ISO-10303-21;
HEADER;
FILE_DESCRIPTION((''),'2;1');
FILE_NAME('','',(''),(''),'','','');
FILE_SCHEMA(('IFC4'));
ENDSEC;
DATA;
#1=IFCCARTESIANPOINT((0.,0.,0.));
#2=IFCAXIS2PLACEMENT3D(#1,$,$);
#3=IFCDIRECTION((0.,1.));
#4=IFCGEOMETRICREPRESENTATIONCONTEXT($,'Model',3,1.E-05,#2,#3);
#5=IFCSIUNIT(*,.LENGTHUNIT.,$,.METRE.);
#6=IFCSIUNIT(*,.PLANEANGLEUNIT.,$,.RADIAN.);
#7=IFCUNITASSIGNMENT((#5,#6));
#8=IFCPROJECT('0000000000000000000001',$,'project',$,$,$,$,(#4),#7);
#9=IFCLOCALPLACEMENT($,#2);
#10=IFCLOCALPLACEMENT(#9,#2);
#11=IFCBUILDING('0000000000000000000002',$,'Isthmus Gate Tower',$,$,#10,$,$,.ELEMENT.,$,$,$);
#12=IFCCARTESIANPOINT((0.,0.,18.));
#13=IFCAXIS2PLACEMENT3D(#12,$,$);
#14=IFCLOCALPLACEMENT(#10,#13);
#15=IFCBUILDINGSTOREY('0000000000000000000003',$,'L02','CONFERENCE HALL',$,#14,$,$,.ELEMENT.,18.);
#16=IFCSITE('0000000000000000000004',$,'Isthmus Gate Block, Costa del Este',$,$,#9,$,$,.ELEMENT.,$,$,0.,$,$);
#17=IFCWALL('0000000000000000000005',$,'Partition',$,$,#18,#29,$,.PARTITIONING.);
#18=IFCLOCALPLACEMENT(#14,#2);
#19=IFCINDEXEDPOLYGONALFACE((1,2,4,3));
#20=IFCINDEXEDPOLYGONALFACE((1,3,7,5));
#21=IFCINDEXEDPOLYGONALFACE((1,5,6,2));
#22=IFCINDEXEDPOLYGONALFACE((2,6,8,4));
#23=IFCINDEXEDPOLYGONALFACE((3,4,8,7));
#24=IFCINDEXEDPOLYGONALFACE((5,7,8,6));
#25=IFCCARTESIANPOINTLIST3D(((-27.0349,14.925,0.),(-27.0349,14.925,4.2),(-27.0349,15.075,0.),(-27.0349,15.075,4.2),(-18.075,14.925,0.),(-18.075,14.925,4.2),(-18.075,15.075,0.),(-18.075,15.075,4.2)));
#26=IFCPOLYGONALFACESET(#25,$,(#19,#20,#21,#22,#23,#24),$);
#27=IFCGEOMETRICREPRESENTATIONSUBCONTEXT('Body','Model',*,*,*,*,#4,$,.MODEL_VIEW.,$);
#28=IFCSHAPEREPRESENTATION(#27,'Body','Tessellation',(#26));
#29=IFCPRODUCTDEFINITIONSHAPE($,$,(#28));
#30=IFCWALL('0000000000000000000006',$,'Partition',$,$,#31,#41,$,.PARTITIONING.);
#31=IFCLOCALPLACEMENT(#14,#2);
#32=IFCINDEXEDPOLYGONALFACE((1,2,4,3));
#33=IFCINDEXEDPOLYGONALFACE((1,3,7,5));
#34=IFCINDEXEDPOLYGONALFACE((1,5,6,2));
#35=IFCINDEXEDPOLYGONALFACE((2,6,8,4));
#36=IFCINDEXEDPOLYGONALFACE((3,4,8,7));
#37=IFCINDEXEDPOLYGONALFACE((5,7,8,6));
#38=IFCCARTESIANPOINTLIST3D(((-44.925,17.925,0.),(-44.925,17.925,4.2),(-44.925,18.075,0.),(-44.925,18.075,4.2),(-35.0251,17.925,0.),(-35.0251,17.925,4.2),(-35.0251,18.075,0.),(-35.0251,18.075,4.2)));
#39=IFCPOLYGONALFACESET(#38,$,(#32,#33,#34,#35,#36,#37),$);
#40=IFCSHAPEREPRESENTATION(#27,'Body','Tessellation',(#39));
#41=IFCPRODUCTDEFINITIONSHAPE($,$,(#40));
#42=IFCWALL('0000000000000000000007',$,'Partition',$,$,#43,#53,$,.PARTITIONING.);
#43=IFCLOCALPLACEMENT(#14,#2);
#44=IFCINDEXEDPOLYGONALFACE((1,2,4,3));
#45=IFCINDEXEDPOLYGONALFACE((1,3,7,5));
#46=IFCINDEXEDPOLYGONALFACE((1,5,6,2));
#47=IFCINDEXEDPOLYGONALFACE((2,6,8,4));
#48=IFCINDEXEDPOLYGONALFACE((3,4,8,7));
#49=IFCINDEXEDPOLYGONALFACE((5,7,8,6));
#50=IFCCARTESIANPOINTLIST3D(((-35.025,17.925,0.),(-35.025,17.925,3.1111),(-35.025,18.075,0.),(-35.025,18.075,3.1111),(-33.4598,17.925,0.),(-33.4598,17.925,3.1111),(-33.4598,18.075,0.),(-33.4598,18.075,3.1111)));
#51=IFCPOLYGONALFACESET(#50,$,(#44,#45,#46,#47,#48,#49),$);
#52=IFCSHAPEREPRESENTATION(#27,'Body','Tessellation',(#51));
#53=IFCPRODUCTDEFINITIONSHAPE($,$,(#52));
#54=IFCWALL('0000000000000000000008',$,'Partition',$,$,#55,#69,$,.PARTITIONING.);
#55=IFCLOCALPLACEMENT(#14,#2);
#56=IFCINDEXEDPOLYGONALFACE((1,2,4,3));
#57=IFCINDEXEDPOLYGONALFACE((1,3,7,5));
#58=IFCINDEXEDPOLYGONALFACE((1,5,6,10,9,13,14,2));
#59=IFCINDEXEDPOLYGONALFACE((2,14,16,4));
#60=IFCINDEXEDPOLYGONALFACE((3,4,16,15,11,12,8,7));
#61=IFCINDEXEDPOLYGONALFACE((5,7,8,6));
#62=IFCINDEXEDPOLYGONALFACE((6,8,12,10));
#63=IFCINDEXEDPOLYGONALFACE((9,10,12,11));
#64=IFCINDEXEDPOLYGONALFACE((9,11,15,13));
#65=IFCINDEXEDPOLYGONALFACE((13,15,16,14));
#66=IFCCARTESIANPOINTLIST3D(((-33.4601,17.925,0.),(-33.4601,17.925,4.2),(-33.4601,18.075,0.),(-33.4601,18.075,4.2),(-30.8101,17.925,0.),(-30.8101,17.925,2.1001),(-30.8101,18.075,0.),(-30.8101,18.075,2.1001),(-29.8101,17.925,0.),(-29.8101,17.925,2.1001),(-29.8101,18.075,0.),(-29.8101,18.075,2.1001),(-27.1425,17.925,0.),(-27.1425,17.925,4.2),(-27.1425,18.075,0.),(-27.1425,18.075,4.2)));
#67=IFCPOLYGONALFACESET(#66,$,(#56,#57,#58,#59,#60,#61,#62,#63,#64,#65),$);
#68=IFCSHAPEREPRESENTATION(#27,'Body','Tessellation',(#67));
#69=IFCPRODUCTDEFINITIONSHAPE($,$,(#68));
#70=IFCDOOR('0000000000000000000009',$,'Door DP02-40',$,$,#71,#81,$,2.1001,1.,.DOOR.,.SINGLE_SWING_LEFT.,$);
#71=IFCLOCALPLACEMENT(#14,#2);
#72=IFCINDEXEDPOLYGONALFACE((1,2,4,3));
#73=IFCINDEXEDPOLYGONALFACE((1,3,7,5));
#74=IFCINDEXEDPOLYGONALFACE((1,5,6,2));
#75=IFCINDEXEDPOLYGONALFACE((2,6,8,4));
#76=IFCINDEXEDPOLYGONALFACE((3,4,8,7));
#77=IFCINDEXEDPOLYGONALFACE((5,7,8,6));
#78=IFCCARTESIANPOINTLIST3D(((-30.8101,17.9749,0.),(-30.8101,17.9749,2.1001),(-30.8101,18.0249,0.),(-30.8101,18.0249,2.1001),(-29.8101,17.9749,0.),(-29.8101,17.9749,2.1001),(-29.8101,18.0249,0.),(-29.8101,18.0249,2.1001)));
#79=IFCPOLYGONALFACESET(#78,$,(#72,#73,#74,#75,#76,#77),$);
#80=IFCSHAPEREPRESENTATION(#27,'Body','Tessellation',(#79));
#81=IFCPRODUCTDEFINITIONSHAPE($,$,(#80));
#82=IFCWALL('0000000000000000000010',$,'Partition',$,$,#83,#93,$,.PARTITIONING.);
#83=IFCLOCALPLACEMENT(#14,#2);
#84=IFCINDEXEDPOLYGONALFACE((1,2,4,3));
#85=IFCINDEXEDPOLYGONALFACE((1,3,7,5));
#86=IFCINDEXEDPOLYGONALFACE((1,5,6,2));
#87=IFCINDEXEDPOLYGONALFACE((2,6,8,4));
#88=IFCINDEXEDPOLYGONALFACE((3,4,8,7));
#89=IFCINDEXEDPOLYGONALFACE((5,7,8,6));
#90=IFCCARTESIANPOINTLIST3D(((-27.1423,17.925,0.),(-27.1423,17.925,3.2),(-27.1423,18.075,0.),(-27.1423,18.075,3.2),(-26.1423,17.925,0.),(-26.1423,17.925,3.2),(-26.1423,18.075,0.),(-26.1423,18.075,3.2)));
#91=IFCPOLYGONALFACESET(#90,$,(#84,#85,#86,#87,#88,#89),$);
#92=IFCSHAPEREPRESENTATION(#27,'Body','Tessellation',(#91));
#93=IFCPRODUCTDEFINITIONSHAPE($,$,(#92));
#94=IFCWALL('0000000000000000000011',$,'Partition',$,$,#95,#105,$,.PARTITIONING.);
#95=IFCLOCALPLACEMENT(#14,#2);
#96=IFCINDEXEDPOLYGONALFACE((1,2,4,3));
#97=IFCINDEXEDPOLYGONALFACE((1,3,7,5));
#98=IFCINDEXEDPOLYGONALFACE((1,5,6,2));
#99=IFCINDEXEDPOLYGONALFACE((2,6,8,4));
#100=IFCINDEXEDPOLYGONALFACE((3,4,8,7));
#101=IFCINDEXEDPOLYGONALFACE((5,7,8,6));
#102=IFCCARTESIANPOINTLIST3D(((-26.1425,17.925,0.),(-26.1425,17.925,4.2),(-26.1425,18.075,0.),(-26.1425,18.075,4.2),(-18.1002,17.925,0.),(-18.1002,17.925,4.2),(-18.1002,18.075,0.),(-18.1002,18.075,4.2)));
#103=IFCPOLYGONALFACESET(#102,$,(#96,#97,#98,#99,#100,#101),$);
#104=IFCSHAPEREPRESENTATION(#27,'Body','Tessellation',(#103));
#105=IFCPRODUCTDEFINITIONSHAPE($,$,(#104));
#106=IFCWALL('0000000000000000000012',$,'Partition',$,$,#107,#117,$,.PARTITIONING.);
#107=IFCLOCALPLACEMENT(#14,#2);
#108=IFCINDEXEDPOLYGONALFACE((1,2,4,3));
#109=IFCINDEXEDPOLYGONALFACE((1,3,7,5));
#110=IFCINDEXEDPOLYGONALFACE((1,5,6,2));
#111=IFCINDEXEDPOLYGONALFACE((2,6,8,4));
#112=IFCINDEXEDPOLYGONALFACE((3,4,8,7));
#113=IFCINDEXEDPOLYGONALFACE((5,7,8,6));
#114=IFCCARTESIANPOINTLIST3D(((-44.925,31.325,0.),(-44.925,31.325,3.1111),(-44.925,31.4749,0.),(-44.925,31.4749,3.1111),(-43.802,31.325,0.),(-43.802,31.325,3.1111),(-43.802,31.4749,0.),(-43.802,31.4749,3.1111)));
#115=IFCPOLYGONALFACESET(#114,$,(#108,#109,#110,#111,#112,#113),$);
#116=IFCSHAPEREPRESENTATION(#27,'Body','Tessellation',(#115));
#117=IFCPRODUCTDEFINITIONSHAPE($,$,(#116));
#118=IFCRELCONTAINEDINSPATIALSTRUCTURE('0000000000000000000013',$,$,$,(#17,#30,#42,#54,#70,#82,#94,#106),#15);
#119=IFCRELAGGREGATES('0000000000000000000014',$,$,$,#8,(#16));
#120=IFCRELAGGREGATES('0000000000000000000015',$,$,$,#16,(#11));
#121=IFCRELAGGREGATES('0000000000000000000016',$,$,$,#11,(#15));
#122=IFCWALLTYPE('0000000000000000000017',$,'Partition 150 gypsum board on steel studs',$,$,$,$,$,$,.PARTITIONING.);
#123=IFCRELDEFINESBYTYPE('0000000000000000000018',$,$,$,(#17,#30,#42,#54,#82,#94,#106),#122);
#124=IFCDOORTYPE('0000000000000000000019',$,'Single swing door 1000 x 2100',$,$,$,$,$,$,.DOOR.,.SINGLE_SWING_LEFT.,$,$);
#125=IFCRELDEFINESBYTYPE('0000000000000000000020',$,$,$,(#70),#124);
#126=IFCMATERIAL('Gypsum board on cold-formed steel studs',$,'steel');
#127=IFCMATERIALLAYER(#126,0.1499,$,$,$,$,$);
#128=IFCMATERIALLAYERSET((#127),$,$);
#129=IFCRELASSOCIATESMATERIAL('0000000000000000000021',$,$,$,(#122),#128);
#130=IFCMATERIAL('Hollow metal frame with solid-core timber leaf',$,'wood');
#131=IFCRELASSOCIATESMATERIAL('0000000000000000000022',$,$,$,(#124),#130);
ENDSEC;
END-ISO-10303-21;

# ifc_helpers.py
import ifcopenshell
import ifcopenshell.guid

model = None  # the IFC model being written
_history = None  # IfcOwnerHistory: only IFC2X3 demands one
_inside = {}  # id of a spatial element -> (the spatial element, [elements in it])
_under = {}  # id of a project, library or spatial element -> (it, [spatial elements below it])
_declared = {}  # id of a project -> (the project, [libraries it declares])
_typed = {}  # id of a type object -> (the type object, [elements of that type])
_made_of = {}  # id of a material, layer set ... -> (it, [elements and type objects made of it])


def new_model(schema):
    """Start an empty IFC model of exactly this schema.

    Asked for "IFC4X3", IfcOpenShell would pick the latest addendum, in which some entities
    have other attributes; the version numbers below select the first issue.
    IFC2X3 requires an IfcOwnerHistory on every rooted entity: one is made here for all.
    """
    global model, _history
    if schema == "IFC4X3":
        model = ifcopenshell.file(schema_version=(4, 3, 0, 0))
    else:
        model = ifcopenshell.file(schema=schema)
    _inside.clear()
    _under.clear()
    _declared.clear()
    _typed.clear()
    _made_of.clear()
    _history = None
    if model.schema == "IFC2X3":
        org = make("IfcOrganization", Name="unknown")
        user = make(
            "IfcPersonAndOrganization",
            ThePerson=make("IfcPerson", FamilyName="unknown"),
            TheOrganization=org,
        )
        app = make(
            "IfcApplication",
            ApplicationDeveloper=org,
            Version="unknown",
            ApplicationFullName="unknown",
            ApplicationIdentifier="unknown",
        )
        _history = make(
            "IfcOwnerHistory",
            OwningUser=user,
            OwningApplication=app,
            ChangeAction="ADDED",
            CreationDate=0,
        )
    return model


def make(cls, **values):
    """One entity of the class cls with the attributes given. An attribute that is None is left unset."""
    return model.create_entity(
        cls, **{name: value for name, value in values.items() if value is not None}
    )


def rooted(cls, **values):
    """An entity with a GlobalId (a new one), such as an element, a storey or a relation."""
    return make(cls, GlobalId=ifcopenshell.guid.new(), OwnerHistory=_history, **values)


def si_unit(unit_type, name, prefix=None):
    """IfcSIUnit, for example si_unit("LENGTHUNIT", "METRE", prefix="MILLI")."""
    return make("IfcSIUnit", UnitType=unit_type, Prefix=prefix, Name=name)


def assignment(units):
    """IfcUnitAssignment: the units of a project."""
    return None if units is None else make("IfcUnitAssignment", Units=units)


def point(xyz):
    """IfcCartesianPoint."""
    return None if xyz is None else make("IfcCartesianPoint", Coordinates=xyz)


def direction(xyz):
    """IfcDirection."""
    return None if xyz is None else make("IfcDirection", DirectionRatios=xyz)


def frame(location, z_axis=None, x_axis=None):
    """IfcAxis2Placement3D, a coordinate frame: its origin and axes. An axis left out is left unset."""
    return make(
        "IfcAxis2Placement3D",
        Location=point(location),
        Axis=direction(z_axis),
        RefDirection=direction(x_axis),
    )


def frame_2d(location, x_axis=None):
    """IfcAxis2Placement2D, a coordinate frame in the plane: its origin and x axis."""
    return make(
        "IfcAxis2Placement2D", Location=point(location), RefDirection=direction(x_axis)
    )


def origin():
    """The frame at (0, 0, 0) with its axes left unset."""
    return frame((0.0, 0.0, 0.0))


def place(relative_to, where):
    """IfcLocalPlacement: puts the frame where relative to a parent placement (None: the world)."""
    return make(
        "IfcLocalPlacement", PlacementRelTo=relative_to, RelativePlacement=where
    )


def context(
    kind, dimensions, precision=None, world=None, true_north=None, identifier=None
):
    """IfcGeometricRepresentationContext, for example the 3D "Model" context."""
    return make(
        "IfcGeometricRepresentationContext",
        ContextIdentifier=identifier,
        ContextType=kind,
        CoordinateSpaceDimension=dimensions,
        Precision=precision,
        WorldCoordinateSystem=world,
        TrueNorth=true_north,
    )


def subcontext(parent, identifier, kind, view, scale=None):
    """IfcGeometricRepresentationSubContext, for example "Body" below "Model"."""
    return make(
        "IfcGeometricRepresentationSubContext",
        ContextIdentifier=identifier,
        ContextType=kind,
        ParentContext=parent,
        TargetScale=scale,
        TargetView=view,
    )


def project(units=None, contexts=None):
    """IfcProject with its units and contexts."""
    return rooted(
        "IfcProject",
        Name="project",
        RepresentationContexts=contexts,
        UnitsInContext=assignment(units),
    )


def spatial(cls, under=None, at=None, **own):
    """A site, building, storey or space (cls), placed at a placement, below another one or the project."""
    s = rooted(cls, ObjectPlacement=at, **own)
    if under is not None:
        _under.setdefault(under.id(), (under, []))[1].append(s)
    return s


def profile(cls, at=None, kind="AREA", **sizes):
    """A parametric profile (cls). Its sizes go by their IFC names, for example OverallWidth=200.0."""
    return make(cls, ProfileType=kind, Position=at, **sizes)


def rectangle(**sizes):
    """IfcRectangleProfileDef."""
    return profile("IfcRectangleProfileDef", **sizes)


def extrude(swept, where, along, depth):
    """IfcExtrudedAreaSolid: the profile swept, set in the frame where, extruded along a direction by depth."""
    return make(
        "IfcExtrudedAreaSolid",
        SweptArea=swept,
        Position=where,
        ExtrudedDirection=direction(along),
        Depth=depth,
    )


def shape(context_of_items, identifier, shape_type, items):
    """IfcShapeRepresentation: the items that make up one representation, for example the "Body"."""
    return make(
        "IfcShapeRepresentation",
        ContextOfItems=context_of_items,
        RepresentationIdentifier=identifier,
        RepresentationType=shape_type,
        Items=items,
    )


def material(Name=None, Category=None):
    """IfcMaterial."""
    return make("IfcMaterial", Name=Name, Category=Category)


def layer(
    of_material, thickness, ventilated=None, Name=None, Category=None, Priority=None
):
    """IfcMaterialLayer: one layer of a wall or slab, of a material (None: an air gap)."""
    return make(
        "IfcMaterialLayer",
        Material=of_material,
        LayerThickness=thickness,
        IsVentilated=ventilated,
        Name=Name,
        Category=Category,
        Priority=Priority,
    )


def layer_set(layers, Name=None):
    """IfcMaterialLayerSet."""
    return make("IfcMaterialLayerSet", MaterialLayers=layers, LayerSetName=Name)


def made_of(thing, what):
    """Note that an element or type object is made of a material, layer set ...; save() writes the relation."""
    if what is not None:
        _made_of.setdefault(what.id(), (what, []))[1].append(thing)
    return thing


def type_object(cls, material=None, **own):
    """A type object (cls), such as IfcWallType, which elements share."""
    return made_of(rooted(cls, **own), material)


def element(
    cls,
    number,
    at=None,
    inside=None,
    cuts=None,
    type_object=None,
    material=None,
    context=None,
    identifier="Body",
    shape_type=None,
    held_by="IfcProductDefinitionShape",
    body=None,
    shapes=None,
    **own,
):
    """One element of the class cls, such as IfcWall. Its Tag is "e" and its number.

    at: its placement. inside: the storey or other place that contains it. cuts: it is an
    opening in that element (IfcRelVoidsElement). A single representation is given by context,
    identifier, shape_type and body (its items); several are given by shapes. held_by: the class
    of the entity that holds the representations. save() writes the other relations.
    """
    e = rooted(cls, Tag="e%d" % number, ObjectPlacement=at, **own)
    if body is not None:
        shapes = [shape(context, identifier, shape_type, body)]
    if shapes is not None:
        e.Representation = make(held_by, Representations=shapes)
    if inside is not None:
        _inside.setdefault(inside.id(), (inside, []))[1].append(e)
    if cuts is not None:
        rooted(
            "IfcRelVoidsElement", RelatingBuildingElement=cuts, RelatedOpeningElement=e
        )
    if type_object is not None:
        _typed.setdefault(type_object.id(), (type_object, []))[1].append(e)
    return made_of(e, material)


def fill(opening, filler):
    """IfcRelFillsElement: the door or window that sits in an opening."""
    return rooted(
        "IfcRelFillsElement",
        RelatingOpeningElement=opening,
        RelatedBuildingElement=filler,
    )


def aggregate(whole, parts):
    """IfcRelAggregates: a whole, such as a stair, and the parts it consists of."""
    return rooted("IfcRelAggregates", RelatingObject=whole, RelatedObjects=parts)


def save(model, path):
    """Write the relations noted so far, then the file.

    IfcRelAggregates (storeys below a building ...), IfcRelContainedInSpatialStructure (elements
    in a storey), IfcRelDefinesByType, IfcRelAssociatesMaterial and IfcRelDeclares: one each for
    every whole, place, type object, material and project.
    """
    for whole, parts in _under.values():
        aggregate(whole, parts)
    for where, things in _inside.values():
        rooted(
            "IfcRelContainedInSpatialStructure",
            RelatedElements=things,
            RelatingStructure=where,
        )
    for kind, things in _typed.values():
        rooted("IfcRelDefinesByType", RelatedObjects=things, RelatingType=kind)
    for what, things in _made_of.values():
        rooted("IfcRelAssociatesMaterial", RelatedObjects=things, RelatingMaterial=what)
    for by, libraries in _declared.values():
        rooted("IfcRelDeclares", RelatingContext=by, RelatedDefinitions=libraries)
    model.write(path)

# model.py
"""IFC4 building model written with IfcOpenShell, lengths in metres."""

from ifc_helpers import new_model, si_unit, direction, frame, frame_2d, origin, place, context, subcontext, project, spatial, rectangle, extrude, material, layer, layer_set, type_object, element, fill, save


model = new_model("IFC4")

# Units and contexts
model_context = context("Model", 3, precision=1e-05, world=origin(), true_north=direction((0.0, 1.0)))
body_context = subcontext(model_context, "Body", "Model", "MODEL_VIEW")
ifc_project = project(units=[si_unit("LENGTHUNIT", "METRE"), si_unit("PLANEANGLEUNIT", "RADIAN")], contexts=[model_context])

# Site, building, storey
site_placement = place(None, origin())
site = spatial("IfcSite", under=ifc_project, at=site_placement, Name="Isthmus Gate Block, Costa del Este", CompositionType="ELEMENT", RefElevation=0.0)
building_placement = place(site_placement, origin())
building = spatial("IfcBuilding", under=site, at=building_placement, Name="Isthmus Gate Tower", CompositionType="ELEMENT")
storey_placement = place(building_placement, frame((0.0, 0.0, 18.0)))
storey = spatial("IfcBuildingStorey", under=building, at=storey_placement, Name="L02", Description="CONFERENCE HALL", CompositionType="ELEMENT", Elevation=18.0)

# Walls
ifc_material_1 = material(Name="Gypsum board on cold-formed steel studs", Category="steel")
ifc_layer_1 = layer(ifc_material_1, 0.1499)
ifc_layer_set_1 = layer_set([ifc_layer_1])
wall_type_1 = type_object("IfcWallType", Name="Partition 150 gypsum board on steel studs", PredefinedType="PARTITIONING", material=ifc_layer_set_1)
wall_1_placement = place(storey_placement, frame((-27.0349, 15.0, 0.0), z_axis=(0.0, 0.0, 1.0), x_axis=(1.0, 0.0, 0.0)))
element("IfcWall", 1, at=wall_1_placement, inside=storey, type_object=wall_type_1, Name="Partition", PredefinedType="PARTITIONING", context=body_context, shape_type="SweptSolid", body=[
    extrude(rectangle(XDim=8.96, YDim=0.1499, at=frame_2d((4.48, 0.0))), origin(), (0.0, 0.0, 1.0), 4.2),
])
wall_2_placement = place(storey_placement, frame((-44.925, 18.0, 0.0), z_axis=(0.0, 0.0, 1.0), x_axis=(1.0, 0.0, 0.0)))
element("IfcWall", 2, at=wall_2_placement, inside=storey, type_object=wall_type_1, Name="Partition", PredefinedType="PARTITIONING", context=body_context, shape_type="SweptSolid", body=[
    extrude(rectangle(XDim=9.8999, YDim=0.1499, at=frame_2d((4.95, 0.0))), origin(), (0.0, 0.0, 1.0), 4.2),
])
wall_3_placement = place(storey_placement, frame((-35.0251, 18.0, 0.0), z_axis=(0.0, 0.0, 1.0), x_axis=(1.0, 0.0, 0.0)))
element("IfcWall", 3, at=wall_3_placement, inside=storey, type_object=wall_type_1, Name="Partition", PredefinedType="PARTITIONING", context=body_context, shape_type="SweptSolid", body=[
    extrude(rectangle(XDim=1.5652, YDim=0.1499, at=frame_2d((0.7827, 0.0))), origin(), (0.0, 0.0, 1.0), 3.1111),
])

# Wall, opening, door
wall_4_placement = place(storey_placement, frame((-33.46, 18.0, 0.0), z_axis=(0.0, 0.0, 1.0), x_axis=(1.0, 0.0, 0.0)))
wall_4 = element("IfcWall", 4, at=wall_4_placement, inside=storey, type_object=wall_type_1, Name="Partition", PredefinedType="PARTITIONING", context=body_context, shape_type="SweptSolid", body=[
    extrude(rectangle(XDim=6.3176, YDim=0.1499, at=frame_2d((3.1587, 0.0))), origin(), (0.0, 0.0, 1.0), 4.2),
])
opening_1_placement = place(wall_4_placement, frame((2.6499, 0.0, 0.0)))
opening_1 = element("IfcOpeningElement", 5, at=opening_1_placement, cuts=wall_4, PredefinedType="OPENING", context=body_context, shape_type="SweptSolid", body=[
    extrude(rectangle(XDim=1.0, YDim=2.1001, at=frame_2d((0.5, 1.05))), frame((0.0, 0.085, 0.0), z_axis=(0.0, -1.0, 0.0), x_axis=(1.0, 0.0, 0.0)), (0.0, 0.0, 1.0), 0.1699),
])
ifc_material_2 = material(Name="Hollow metal frame with solid-core timber leaf", Category="wood")
door_type_1 = type_object("IfcDoorType", Name="Single swing door 1000 x 2100", OperationType="SINGLE_SWING_LEFT", PredefinedType="DOOR", material=ifc_material_2)
door_1_placement = place(opening_1_placement, origin())
door_1 = element("IfcDoor", 6, at=door_1_placement, inside=storey, type_object=door_type_1, Name="Door DP02-40", OperationType="SINGLE_SWING_LEFT", OverallHeight=2.1001, OverallWidth=1.0, PredefinedType="DOOR", context=body_context, shape_type="SweptSolid", body=[
    extrude(rectangle(XDim=1.0, YDim=2.1001, at=frame_2d((0.5, 1.05))), frame((0.0, 0.0249, 0.0), z_axis=(0.0, -1.0, 0.0), x_axis=(1.0, 0.0, 0.0)), (0.0, 0.0, 1.0), 0.05),
])
fill(opening_1, door_1)

# Walls
wall_5_placement = place(storey_placement, frame((-27.1423, 18.0, 0.0), z_axis=(0.0, 0.0, 1.0), x_axis=(1.0, 0.0, 0.0)))
element("IfcWall", 7, at=wall_5_placement, inside=storey, type_object=wall_type_1, Name="Partition", PredefinedType="PARTITIONING", context=body_context, shape_type="SweptSolid", body=[
    extrude(rectangle(XDim=1.0, YDim=0.1499, at=frame_2d((0.5, 0.0))), origin(), (0.0, 0.0, 1.0), 3.2),
])
wall_6_placement = place(storey_placement, frame((-26.1423, 18.0, 0.0), z_axis=(0.0, 0.0, 1.0), x_axis=(1.0, 0.0, 0.0)))
element("IfcWall", 8, at=wall_6_placement, inside=storey, type_object=wall_type_1, Name="Partition", PredefinedType="PARTITIONING", context=body_context, shape_type="SweptSolid", body=[
    extrude(rectangle(XDim=8.0422, YDim=0.1499, at=frame_2d((4.021, 0.0))), origin(), (0.0, 0.0, 1.0), 4.2),
])
wall_7_placement = place(storey_placement, frame((-44.925, 31.3999, 0.0), z_axis=(0.0, 0.0, 1.0), x_axis=(1.0, 0.0, 0.0)))
element("IfcWall", 9, at=wall_7_placement, inside=storey, type_object=wall_type_1, Name="Partition", PredefinedType="PARTITIONING", context=body_context, shape_type="SweptSolid", body=[
    extrude(rectangle(XDim=1.123, YDim=0.1499, at=frame_2d((0.5615, 0.0))), origin(), (0.0, 0.0, 1.0), 3.1111),
])

save(model, "model.ifc")
